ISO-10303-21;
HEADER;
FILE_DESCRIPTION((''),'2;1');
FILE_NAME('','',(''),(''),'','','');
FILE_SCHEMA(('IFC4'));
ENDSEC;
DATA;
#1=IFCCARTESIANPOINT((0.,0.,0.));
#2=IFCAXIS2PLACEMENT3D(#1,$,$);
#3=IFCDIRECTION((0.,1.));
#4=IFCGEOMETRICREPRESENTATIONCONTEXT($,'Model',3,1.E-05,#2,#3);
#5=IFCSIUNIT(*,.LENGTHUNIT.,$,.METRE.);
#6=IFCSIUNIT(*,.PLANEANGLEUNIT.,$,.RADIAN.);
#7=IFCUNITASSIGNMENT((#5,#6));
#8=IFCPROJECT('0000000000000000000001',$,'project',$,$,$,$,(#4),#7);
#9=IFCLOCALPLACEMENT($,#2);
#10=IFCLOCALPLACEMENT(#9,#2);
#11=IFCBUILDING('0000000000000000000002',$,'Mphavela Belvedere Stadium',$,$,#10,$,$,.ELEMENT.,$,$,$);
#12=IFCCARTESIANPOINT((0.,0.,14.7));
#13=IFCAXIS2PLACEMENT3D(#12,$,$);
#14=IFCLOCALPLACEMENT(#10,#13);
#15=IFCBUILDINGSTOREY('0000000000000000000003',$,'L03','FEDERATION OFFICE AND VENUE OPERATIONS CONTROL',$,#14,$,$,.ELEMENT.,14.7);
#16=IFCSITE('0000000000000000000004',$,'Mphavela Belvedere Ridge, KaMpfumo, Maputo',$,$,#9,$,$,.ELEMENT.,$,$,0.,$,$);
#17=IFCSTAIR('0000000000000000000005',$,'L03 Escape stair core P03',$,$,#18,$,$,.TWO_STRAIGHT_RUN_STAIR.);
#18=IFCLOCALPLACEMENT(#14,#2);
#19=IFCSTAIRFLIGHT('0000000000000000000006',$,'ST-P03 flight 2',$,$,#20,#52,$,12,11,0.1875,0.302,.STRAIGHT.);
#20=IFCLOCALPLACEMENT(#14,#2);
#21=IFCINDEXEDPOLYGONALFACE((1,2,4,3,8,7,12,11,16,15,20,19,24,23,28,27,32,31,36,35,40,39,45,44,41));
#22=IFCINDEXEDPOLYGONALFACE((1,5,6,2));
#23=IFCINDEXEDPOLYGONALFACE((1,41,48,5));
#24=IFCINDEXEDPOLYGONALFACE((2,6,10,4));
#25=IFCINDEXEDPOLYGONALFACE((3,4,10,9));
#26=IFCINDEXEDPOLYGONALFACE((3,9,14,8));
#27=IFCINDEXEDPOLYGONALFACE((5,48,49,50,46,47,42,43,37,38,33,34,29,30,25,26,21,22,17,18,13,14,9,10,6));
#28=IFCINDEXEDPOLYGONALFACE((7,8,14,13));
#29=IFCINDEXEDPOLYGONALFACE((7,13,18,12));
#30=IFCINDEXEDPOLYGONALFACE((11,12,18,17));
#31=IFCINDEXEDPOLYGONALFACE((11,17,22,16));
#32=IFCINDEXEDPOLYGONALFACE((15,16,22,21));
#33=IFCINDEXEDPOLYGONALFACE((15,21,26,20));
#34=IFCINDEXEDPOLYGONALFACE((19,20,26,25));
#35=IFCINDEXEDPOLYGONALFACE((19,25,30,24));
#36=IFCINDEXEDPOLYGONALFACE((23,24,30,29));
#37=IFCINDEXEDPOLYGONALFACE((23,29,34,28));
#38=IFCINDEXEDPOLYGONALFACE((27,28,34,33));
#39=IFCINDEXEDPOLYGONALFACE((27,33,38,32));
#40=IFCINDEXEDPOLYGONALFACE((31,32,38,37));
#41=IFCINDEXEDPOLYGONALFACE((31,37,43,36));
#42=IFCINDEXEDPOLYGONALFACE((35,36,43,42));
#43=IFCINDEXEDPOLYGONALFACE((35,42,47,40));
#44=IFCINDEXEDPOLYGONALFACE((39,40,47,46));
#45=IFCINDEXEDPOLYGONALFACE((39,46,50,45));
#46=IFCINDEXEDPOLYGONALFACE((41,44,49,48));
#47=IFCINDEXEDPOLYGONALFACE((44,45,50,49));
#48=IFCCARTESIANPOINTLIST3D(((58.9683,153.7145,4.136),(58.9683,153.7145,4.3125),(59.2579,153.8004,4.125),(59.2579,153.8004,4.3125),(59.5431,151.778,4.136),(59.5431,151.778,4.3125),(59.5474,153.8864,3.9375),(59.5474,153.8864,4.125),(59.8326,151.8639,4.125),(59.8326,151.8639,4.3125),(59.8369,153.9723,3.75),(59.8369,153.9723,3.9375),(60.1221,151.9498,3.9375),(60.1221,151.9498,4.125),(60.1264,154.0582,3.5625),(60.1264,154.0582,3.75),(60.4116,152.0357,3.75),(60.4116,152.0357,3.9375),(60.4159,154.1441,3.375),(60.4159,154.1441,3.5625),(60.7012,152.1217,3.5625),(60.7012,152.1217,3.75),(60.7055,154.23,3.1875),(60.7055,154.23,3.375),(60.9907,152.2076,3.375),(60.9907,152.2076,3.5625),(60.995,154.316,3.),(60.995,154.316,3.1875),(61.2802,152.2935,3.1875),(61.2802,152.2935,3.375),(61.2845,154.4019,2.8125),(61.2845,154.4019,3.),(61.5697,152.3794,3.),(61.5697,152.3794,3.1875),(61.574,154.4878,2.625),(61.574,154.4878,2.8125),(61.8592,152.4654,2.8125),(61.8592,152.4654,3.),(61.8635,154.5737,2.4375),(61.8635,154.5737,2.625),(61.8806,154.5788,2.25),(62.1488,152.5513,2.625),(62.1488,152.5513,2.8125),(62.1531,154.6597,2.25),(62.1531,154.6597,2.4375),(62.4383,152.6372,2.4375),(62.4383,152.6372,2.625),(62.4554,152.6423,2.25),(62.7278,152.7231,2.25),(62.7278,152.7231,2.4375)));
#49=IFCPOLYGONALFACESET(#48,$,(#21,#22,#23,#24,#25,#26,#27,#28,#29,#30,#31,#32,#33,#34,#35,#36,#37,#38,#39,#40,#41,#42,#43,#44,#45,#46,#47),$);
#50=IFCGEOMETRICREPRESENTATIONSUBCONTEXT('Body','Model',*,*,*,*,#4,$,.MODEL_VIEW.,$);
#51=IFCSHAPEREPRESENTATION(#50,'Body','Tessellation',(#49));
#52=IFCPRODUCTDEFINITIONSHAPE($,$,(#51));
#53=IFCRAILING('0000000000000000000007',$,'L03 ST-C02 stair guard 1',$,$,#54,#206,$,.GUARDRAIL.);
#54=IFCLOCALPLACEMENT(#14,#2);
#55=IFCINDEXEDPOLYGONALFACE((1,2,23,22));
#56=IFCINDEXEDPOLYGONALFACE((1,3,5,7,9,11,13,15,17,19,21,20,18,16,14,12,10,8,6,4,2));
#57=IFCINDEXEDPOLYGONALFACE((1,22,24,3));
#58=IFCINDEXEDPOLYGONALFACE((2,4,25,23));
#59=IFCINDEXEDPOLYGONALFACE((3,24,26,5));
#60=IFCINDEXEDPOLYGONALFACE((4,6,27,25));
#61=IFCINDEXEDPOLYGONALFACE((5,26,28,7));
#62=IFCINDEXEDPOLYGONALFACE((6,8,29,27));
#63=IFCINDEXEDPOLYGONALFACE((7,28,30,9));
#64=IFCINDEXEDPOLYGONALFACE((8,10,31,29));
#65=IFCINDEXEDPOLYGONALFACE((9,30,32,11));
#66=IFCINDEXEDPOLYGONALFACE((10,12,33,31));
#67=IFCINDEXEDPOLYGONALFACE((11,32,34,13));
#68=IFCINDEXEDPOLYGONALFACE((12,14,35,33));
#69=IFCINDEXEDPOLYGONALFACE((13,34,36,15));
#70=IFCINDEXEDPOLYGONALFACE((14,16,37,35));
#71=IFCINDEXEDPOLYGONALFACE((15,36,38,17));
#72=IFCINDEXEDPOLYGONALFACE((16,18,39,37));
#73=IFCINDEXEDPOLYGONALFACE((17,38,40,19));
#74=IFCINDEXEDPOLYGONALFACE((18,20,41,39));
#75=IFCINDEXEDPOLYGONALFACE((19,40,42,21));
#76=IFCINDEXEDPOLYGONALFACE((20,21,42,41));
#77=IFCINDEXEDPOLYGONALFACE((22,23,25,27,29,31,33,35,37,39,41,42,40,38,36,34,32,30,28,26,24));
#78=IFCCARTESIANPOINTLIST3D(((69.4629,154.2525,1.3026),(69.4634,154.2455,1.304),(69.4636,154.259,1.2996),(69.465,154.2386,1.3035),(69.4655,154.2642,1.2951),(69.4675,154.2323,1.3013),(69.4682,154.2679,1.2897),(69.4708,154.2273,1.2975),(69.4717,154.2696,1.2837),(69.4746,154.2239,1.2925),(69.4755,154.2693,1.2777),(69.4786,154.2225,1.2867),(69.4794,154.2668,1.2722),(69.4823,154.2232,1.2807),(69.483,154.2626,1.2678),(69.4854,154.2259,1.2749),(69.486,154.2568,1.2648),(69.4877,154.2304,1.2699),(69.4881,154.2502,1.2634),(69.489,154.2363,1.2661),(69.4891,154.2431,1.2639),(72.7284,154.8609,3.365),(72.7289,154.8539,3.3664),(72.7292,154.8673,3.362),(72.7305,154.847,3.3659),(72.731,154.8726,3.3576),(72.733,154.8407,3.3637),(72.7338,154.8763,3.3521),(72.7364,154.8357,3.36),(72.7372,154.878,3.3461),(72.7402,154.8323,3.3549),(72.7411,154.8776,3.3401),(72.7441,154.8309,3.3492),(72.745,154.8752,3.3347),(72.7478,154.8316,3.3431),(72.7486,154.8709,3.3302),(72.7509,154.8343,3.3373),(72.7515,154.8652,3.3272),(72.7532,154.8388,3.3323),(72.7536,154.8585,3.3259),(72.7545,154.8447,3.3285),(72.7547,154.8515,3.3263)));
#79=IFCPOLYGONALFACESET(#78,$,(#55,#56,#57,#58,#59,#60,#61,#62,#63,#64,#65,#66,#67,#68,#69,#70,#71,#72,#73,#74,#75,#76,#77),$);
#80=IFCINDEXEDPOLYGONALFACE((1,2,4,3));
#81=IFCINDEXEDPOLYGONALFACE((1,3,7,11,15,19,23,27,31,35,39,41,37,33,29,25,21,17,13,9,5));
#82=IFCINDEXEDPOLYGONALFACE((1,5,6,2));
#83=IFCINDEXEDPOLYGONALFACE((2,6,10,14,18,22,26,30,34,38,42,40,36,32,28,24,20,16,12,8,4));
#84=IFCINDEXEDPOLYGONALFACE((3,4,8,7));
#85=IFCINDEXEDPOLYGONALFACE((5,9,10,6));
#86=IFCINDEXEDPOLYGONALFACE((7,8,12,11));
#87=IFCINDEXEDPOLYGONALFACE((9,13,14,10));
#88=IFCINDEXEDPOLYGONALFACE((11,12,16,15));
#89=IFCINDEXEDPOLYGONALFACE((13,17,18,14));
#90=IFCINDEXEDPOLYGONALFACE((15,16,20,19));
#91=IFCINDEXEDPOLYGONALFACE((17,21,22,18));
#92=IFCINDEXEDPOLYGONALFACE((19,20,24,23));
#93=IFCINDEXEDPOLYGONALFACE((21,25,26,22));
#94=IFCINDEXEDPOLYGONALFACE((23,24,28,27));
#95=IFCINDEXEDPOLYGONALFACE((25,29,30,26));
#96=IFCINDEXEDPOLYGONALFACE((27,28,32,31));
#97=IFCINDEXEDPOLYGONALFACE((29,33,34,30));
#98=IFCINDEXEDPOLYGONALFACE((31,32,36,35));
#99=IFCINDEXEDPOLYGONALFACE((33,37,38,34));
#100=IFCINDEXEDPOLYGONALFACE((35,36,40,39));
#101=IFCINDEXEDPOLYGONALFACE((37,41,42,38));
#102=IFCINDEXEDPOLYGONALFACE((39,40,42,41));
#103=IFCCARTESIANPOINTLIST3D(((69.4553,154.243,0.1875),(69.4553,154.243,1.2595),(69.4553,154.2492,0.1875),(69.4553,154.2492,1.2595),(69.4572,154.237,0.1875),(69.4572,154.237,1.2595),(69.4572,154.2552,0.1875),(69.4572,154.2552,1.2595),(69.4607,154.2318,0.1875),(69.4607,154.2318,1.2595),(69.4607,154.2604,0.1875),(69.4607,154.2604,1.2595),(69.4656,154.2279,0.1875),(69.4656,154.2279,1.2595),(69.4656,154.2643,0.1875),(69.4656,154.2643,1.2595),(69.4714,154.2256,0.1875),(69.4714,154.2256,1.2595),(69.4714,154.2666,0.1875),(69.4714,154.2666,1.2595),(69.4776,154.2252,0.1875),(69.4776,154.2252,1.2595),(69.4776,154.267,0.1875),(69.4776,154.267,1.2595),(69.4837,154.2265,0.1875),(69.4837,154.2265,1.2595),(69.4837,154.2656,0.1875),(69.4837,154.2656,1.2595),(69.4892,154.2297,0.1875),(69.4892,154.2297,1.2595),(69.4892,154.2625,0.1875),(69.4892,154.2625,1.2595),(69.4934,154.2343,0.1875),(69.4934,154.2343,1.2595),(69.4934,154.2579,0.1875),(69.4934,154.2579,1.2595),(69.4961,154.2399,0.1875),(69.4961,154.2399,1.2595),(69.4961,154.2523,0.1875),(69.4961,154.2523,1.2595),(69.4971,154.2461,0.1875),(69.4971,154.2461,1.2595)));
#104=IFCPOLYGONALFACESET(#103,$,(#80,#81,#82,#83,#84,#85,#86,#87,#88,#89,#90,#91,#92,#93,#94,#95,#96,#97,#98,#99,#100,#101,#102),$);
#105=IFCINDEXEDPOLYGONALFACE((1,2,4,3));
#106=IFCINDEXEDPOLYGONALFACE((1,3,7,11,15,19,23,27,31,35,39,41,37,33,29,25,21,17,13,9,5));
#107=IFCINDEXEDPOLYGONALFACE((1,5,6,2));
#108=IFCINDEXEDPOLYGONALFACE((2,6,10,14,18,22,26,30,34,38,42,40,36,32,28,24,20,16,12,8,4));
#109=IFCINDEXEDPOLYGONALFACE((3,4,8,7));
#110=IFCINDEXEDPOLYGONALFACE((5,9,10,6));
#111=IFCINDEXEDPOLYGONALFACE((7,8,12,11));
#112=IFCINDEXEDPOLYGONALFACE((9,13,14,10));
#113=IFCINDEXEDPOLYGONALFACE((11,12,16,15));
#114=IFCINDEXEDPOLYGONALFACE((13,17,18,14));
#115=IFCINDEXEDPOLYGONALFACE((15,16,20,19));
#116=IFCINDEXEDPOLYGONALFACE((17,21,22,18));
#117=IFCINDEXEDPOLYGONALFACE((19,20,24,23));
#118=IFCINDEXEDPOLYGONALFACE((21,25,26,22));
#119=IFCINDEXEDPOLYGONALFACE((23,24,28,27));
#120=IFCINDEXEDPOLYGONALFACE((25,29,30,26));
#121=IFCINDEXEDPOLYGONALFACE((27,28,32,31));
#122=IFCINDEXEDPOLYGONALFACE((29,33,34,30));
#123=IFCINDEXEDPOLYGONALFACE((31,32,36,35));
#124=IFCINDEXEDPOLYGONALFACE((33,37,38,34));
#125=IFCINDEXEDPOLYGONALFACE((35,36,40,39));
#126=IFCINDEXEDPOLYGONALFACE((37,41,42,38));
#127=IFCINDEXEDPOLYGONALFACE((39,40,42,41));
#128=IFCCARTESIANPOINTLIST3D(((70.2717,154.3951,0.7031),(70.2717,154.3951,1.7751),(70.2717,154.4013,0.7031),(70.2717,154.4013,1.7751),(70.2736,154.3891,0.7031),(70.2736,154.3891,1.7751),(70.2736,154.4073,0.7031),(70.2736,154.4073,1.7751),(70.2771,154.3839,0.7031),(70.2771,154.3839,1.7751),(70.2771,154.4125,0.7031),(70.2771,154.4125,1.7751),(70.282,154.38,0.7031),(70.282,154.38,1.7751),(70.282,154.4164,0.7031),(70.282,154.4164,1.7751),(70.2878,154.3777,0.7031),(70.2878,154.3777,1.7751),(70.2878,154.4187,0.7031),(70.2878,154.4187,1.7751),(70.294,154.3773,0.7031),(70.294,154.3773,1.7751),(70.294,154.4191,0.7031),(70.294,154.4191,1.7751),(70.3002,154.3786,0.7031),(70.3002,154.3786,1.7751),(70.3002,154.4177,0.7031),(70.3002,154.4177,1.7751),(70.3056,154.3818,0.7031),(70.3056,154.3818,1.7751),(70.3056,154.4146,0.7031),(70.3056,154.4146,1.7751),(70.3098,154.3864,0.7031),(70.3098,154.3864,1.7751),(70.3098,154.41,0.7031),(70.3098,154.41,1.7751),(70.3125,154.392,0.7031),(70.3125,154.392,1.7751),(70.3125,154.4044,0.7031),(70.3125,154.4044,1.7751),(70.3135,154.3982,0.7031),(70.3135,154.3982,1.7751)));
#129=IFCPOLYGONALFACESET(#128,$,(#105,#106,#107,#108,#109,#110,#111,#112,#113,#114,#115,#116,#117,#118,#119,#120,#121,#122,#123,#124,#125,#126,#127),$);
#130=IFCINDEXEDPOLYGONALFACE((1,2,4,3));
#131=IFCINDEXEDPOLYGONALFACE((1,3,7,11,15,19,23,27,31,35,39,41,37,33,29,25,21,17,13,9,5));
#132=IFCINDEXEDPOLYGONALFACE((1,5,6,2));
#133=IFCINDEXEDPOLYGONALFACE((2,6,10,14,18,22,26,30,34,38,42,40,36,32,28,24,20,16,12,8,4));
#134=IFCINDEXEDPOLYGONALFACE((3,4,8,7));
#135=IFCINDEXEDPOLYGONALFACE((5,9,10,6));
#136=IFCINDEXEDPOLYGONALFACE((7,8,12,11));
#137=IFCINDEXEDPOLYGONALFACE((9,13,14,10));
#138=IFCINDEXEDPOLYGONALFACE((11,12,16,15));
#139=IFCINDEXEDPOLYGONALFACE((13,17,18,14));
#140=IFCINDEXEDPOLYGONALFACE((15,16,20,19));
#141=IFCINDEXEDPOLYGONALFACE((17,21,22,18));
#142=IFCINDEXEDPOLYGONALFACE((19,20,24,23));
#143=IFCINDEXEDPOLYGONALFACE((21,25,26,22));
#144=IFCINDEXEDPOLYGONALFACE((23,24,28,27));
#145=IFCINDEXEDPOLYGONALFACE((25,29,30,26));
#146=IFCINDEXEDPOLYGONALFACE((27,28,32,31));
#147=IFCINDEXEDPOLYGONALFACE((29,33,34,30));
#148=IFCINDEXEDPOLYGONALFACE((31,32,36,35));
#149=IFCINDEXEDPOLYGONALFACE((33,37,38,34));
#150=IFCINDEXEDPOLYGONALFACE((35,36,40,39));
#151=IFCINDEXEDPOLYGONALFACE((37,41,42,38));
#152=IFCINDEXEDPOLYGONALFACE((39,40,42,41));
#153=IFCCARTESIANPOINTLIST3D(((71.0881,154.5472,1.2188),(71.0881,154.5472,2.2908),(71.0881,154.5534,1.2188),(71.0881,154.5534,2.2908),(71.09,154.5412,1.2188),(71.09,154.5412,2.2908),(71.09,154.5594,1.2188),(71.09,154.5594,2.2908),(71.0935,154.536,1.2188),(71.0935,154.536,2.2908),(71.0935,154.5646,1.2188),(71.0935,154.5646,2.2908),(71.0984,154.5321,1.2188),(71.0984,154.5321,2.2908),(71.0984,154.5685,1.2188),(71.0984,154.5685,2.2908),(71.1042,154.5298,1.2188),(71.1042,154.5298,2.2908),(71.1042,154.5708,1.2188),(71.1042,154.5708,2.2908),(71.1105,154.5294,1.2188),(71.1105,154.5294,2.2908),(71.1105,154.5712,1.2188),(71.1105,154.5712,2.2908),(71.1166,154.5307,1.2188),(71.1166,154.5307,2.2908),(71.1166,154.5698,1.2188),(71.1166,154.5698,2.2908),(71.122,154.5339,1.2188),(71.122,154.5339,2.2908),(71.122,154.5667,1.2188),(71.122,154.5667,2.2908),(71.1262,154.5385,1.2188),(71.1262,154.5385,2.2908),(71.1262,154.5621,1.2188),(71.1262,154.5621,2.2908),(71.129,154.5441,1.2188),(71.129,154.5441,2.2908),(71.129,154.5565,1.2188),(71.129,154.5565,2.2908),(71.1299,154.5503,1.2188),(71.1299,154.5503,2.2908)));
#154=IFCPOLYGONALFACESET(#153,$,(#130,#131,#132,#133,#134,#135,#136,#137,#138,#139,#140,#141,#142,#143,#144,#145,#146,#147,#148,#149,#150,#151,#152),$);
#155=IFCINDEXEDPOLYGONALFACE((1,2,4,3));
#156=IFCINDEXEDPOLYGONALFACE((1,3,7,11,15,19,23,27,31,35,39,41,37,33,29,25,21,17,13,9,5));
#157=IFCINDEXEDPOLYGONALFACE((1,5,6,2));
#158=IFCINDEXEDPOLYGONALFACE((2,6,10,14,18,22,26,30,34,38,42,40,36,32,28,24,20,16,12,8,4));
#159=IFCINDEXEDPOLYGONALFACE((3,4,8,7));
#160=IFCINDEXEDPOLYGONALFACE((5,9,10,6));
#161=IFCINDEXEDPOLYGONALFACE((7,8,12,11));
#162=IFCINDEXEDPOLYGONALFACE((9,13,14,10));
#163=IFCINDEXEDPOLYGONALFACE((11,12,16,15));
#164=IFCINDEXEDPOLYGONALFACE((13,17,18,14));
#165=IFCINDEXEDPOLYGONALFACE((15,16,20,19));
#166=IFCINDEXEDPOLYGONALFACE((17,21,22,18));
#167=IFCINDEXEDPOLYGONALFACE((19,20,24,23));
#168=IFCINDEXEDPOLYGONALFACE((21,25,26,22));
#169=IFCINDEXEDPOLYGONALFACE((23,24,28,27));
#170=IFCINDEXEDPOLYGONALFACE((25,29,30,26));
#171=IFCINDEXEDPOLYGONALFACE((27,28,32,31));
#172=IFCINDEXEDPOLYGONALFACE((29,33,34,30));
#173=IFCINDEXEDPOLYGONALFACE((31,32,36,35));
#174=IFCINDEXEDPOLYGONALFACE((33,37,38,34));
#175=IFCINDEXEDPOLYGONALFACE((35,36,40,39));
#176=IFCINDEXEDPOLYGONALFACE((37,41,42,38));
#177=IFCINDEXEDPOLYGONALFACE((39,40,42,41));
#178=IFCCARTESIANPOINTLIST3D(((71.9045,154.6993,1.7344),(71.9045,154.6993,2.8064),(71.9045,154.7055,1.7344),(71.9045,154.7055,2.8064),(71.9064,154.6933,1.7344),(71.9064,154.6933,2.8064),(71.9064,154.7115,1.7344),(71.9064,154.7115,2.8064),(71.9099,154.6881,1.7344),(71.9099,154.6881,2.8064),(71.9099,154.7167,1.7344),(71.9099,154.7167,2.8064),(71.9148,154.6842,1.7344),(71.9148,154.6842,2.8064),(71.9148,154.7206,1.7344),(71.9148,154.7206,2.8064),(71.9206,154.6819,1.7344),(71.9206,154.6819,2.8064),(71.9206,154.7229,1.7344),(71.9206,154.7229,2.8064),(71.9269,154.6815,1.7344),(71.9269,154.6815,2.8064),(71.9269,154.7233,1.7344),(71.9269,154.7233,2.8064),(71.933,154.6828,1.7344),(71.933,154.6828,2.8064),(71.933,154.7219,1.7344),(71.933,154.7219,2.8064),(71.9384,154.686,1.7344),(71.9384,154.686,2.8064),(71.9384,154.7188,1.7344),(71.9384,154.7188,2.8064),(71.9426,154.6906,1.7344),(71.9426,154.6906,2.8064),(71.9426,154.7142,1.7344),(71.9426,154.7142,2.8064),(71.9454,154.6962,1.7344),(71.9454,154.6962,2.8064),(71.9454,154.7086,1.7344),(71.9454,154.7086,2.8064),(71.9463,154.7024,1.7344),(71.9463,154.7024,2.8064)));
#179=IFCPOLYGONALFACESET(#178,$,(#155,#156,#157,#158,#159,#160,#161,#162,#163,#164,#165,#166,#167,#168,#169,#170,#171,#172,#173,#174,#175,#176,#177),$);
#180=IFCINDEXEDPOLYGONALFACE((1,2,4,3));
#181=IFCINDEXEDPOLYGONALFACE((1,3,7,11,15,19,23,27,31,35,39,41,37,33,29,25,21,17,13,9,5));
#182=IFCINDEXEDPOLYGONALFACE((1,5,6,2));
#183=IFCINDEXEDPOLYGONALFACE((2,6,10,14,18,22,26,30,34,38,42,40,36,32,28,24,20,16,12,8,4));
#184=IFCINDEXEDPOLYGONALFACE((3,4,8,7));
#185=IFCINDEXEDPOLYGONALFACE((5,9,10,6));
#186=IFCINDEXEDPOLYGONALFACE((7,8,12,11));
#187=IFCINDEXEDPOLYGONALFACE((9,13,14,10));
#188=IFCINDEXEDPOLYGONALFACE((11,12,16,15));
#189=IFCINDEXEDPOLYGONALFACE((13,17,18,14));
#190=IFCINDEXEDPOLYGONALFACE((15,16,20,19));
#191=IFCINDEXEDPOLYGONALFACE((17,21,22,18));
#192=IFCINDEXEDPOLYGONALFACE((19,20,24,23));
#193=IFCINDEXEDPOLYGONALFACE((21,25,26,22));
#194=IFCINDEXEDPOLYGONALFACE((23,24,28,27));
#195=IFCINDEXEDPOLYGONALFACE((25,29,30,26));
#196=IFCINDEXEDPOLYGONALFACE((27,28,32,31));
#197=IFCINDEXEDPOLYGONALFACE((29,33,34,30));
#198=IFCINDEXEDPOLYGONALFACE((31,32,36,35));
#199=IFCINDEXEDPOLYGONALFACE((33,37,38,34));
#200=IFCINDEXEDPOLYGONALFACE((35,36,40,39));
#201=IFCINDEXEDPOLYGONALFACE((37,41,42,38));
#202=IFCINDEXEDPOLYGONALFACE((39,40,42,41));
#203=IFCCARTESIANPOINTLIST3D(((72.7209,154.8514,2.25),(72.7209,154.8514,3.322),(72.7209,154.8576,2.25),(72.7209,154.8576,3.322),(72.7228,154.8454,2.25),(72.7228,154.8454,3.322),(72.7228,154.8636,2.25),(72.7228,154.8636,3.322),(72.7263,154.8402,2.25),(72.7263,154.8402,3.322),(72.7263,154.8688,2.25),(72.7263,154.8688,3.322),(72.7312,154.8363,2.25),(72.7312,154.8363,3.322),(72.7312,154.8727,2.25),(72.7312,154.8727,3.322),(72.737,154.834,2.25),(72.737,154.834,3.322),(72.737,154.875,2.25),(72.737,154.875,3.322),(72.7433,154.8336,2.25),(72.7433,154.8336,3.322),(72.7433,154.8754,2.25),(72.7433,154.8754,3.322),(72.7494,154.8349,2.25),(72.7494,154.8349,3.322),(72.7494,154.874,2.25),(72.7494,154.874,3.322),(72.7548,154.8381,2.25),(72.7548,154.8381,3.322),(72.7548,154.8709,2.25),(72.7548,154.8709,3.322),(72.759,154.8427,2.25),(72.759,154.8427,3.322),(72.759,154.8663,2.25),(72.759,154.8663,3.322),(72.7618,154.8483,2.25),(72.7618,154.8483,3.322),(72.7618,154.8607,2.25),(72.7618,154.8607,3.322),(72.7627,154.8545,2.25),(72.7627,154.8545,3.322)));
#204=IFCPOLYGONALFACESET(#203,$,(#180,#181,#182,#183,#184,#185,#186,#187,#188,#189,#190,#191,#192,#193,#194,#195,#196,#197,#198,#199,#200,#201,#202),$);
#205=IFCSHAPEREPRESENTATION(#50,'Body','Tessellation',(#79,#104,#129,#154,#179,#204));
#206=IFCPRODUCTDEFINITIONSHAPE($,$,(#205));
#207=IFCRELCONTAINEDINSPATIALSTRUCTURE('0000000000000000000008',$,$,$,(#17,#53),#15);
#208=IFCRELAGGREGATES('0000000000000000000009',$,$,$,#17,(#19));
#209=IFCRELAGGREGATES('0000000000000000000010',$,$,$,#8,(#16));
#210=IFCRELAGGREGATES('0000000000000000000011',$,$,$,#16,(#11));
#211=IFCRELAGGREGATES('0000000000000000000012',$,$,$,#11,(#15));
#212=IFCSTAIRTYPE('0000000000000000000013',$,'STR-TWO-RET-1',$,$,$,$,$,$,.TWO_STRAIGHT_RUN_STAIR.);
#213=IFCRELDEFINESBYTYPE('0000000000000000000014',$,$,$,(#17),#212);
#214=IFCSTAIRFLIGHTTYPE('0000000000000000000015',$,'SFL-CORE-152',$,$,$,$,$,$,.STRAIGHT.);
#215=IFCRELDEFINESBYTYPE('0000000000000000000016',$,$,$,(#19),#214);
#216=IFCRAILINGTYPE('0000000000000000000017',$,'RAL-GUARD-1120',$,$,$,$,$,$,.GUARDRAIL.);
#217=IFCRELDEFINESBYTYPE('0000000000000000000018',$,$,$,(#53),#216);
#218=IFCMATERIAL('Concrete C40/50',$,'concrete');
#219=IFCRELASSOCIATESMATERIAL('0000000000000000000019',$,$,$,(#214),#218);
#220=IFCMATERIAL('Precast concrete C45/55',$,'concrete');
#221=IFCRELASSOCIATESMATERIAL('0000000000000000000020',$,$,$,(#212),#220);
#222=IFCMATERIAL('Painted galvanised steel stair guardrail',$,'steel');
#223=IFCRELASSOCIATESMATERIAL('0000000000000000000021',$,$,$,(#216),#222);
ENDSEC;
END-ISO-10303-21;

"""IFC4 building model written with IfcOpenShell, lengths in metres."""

from ifc_helpers import new_model, si_unit, direction, frame, origin, origin_2d, place, context, subcontext, project, spatial, polyline, circle, outline, extrude, material, type_object, element, aggregate, save


model = new_model("IFC4")

# Units and contexts
model_context = context("Model", 3, precision=1e-05, world=origin(), true_north=direction((0.0, 1.0)))
body_context = subcontext(model_context, "Body", "Model", "MODEL_VIEW")
ifc_project = project(units=[si_unit("LENGTHUNIT", "METRE"), si_unit("PLANEANGLEUNIT", "RADIAN")], contexts=[model_context])

# Site, building, storey
site_placement = place(None, origin())
site = spatial("IfcSite", under=ifc_project, at=site_placement, Name="Mphavela Belvedere Ridge, KaMpfumo, Maputo", CompositionType="ELEMENT", RefElevation=0.0)
building_placement = place(site_placement, origin())
building = spatial("IfcBuilding", under=site, at=building_placement, Name="Mphavela Belvedere Stadium", CompositionType="ELEMENT")
storey_placement = place(building_placement, frame((0.0, 0.0, 14.7)))
storey = spatial("IfcBuildingStorey", under=building, at=storey_placement, Name="L03", Description="FEDERATION OFFICE AND VENUE OPERATIONS CONTROL", CompositionType="ELEMENT", Elevation=14.7)

# Stair, stair flight
ifc_material_1 = material(Name="Concrete C40/50", Category="concrete")
stair_flight_type = type_object("IfcStairFlightType", Name="SFL-CORE-152", PredefinedType="STRAIGHT", material=ifc_material_1)
ifc_material_2 = material(Name="Precast concrete C45/55", Category="concrete")
stair_type_1 = type_object("IfcStairType", Name="STR-TWO-RET-1", PredefinedType="TWO_STRAIGHT_RUN_STAIR", material=ifc_material_2)
stair_1_placement = place(storey_placement, origin())
stair_1 = element("IfcStair", 1, at=stair_1_placement, inside=storey, type_object=stair_type_1, Name="L03 Escape stair core P03", PredefinedType="TWO_STRAIGHT_RUN_STAIR")
stair_flight_1_placement = place(storey_placement, frame((62.4404, 153.6914, 2.25), z_axis=(0.0, 0.0, 1.0), x_axis=(-0.958671, -0.284517, 0.0)))
stair_flight_1 = element("IfcStairFlight", 2, at=stair_flight_1_placement, type_object=stair_flight_type, Name="ST-P03 flight 2", NumberOfRisers=12, NumberOfTreads=11, PredefinedType="STRAIGHT", RiserHeight=0.1875, TreadLength=0.302, context=body_context, shape_type="SweptSolid", body=[
    extrude(outline(polyline([(0.0, 0.0), (0.0, 0.1875), (0.302, 0.1875), (0.302, 0.375), (0.604, 0.375), (0.604, 0.5625), (0.906, 0.5625), (0.906, 0.75), (1.208, 0.75), (1.208, 0.9375), (1.51, 0.9375), (1.51, 1.125), (1.812, 1.125), (1.812, 1.3125), (2.114, 1.3125), (2.114, 1.5), (2.416, 1.5), (2.416, 1.6875), (2.718, 1.6875), (2.718, 1.875), (3.02, 1.875), (3.02, 2.0625), (3.322, 2.0625), (3.322, 2.25), (3.322, 1.886), (0.2842, 0.0), (0.0, 0.0)])), frame((0.0, 1.01, 0.0), z_axis=(0.0, -1.0, 0.0), x_axis=(1.0, 0.0, 0.0)), (0.0, 0.0, 1.0), 2.02),
])
aggregate(stair_1, [stair_flight_1])

# Railing
ifc_material_3 = material(Name="Painted galvanised steel stair guardrail", Category="steel")
railing_type_1 = type_object("IfcRailingType", Name="RAL-GUARD-1120", PredefinedType="GUARDRAIL", material=ifc_material_3)
railing_1_placement = place(storey_placement, frame((69.4761, 154.2461, 0.1875)))
element("IfcRailing", 3, at=railing_1_placement, inside=storey, type_object=railing_type_1, Name="L03 ST-C02 stair guard 1", PredefinedType="GUARDRAIL", context=body_context, shape_type="SweptSolid", body=[
    extrude(circle(Radius=0.0239, at=origin_2d()), frame((0.0, 0.0, 1.0962), z_axis=(0.835191, 0.155599, 0.527489), x_axis=(-0.183152, 0.983085, 0.0)), (0.0, 0.0, 1.0), 3.9099),
    extrude(circle(Radius=0.021, at=origin_2d()), origin(), (0.0, 0.0, 1.0), 1.072),
    extrude(circle(Radius=0.021, at=origin_2d()), frame((0.8164, 0.1521, 0.5156)), (0.0, 0.0, 1.0), 1.072),
    extrude(circle(Radius=0.021, at=origin_2d()), frame((1.6328, 0.3042, 1.0312)), (0.0, 0.0, 1.0), 1.072),
    extrude(circle(Radius=0.021, at=origin_2d()), frame((2.4492, 0.4563, 1.5469)), (0.0, 0.0, 1.0), 1.072),
    extrude(circle(Radius=0.021, at=origin_2d()), frame((3.2656, 0.6084, 2.0625)), (0.0, 0.0, 1.0), 1.072),
])

save(model, "model.ifc")
